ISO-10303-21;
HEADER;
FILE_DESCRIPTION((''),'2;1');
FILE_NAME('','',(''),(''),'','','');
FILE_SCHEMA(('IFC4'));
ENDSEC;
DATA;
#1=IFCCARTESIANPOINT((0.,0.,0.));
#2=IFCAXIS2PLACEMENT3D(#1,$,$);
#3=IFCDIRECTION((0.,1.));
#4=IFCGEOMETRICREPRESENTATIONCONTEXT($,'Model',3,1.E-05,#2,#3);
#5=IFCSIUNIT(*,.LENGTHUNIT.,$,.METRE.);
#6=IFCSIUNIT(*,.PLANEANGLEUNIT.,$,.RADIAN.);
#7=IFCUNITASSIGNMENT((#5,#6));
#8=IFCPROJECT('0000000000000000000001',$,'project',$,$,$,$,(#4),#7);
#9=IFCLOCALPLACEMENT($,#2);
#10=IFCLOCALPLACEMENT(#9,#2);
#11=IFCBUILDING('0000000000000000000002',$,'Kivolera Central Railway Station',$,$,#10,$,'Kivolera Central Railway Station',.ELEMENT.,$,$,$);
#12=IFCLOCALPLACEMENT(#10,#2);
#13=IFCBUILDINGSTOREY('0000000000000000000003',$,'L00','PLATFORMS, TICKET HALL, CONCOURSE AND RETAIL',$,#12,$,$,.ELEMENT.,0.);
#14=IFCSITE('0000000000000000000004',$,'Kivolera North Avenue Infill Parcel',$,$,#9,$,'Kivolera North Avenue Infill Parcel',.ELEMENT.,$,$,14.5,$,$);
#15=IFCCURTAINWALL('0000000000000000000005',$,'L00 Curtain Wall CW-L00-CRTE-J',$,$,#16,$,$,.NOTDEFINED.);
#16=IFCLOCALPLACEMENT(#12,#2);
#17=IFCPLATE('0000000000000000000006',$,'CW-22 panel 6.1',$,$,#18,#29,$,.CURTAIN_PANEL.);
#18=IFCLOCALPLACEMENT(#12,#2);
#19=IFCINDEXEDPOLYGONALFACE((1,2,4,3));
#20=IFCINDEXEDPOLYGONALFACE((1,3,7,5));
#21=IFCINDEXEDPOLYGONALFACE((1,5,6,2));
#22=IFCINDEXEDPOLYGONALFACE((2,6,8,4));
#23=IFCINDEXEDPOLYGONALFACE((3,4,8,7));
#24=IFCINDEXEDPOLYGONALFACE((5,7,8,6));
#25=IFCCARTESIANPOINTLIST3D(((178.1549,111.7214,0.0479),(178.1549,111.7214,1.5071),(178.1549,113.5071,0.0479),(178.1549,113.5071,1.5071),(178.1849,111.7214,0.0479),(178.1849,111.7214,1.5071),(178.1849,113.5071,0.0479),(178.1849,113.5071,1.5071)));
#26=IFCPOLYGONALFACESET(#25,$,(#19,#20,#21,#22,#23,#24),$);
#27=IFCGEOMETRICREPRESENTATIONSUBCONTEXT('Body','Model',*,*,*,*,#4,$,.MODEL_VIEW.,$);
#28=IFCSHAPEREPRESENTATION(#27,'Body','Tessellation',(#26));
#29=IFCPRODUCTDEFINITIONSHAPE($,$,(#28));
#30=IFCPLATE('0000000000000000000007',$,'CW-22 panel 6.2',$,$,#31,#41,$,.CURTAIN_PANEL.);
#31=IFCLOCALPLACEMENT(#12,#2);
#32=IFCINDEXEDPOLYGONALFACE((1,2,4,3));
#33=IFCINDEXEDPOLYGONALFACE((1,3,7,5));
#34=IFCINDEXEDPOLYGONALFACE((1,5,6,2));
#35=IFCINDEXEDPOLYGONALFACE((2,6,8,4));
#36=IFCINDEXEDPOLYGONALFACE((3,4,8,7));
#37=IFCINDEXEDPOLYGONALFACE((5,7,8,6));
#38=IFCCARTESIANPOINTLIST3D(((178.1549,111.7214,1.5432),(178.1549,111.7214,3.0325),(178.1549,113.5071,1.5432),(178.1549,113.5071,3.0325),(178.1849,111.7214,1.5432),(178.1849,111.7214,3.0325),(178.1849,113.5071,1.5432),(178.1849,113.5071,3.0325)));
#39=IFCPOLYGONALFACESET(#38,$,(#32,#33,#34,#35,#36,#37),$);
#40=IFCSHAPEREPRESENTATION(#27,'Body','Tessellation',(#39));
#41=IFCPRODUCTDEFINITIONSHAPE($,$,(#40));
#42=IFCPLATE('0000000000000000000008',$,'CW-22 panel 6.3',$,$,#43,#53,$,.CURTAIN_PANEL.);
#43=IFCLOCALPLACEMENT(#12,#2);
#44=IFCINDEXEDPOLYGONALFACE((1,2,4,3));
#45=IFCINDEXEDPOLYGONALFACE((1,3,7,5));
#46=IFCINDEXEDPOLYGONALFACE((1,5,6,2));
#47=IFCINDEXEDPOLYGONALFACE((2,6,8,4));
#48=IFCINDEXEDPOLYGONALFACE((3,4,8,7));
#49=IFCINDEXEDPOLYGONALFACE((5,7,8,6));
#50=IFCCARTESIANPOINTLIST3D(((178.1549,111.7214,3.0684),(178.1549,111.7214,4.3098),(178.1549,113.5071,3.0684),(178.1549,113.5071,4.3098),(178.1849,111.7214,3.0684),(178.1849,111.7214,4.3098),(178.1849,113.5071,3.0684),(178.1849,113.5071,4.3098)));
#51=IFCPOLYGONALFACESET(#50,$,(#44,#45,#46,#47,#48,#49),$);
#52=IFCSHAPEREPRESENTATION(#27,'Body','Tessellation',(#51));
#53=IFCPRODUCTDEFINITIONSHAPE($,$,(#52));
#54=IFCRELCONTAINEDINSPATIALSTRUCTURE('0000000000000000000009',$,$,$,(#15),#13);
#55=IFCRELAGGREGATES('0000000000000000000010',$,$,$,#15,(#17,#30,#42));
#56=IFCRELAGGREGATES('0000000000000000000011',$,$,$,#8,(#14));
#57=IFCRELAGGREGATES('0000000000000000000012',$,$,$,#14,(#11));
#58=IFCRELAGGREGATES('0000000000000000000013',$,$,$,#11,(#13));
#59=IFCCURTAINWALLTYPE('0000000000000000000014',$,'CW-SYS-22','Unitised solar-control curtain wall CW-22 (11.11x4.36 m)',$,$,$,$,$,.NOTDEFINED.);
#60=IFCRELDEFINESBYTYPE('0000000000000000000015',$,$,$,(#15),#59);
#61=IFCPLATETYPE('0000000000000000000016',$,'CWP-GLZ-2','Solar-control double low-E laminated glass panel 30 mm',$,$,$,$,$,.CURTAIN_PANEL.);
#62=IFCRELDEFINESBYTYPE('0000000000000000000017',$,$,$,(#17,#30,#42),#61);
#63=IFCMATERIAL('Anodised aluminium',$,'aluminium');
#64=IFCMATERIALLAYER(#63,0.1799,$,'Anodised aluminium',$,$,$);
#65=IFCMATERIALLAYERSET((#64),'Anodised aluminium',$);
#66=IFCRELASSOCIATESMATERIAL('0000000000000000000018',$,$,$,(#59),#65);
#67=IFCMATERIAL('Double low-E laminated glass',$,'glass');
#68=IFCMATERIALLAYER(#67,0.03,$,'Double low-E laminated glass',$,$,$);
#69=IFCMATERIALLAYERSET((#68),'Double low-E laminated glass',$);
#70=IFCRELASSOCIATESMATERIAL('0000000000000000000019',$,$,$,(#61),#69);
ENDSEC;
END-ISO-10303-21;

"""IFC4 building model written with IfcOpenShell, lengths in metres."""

from ifc_helpers import new_model, si_unit, direction, frame, origin, origin_2d, place, context, subcontext, project, spatial, rectangle, extrude, material, layer, layer_set, type_object, element, aggregate, save


model = new_model("IFC4")

# Units and contexts
model_context = context("Model", 3, precision=1e-05, world=origin(), true_north=direction((0.0, 1.0)))
body_context = subcontext(model_context, "Body", "Model", "MODEL_VIEW")
ifc_project = project(units=[si_unit("LENGTHUNIT", "METRE"), si_unit("PLANEANGLEUNIT", "RADIAN")], contexts=[model_context])

# Site, building, storey
site_placement = place(None, origin())
site = spatial("IfcSite", under=ifc_project, at=site_placement, Name="Kivolera North Avenue Infill Parcel", LongName="Kivolera North Avenue Infill Parcel", CompositionType="ELEMENT", RefElevation=14.5)
building_placement = place(site_placement, origin())
building = spatial("IfcBuilding", under=site, at=building_placement, Name="Kivolera Central Railway Station", LongName="Kivolera Central Railway Station", CompositionType="ELEMENT")
storey_placement = place(building_placement, origin())
storey = spatial("IfcBuildingStorey", under=building, at=storey_placement, Name="L00", Description="PLATFORMS, TICKET HALL, CONCOURSE AND RETAIL", CompositionType="ELEMENT", Elevation=0.0)

# Curtain wall, plates
ifc_material_1 = material(Name="Anodised aluminium", Category="aluminium")
ifc_layer_1 = layer(ifc_material_1, 0.1799, Name="Anodised aluminium")
ifc_layer_set_1 = layer_set([ifc_layer_1], Name="Anodised aluminium")
curtain_wall_type = type_object("IfcCurtainWallType", Name="CW-SYS-22", Description="Unitised solar-control curtain wall CW-22 (11.11x4.36 m)", PredefinedType="NOTDEFINED", material=ifc_layer_set_1)
curtain_wall_placement = place(storey_placement, origin())
curtain_wall = element("IfcCurtainWall", 1, at=curtain_wall_placement, inside=storey, type_object=curtain_wall_type, Name="L00 Curtain Wall CW-L00-CRTE-J", PredefinedType="NOTDEFINED")
ifc_material_2 = material(Name="Double low-E laminated glass", Category="glass")
ifc_layer_2 = layer(ifc_material_2, 0.03, Name="Double low-E laminated glass")
ifc_layer_set_2 = layer_set([ifc_layer_2], Name="Double low-E laminated glass")
plate_type = type_object("IfcPlateType", Name="CWP-GLZ-2", Description="Solar-control double low-E laminated glass panel 30 mm", PredefinedType="CURTAIN_PANEL", material=ifc_layer_set_2)
plate_1_placement = place(storey_placement, frame((178.1699, 112.6143, 0.0479), z_axis=(0.0, 0.0, 1.0), x_axis=(0.0, 1.0, 0.0)))
plate_1 = element("IfcPlate", 2, at=plate_1_placement, type_object=plate_type, Name="CW-22 panel 6.1", PredefinedType="CURTAIN_PANEL", context=body_context, shape_type="SweptSolid", body=[
    extrude(rectangle(XDim=1.7856, YDim=0.03, at=origin_2d()), origin(), (0.0, 0.0, 1.0), 1.4592),
])
plate_2_placement = place(storey_placement, frame((178.1699, 112.6143, 1.5432), z_axis=(0.0, 0.0, 1.0), x_axis=(0.0, 1.0, 0.0)))
plate_2 = element("IfcPlate", 3, at=plate_2_placement, type_object=plate_type, Name="CW-22 panel 6.2", PredefinedType="CURTAIN_PANEL", context=body_context, shape_type="SweptSolid", body=[
    extrude(rectangle(XDim=1.7856, YDim=0.03, at=origin_2d()), origin(), (0.0, 0.0, 1.0), 1.4893),
])
plate_3_placement = place(storey_placement, frame((178.1699, 112.6143, 3.0684), z_axis=(0.0, 0.0, 1.0), x_axis=(0.0, 1.0, 0.0)))
plate_3 = element("IfcPlate", 4, at=plate_3_placement, type_object=plate_type, Name="CW-22 panel 6.3", PredefinedType="CURTAIN_PANEL", context=body_context, shape_type="SweptSolid", body=[
    extrude(rectangle(XDim=1.7856, YDim=0.03, at=origin_2d()), origin(), (0.0, 0.0, 1.0), 1.2415),
])
aggregate(curtain_wall, [plate_1, plate_2, plate_3])

save(model, "model.ifc")
